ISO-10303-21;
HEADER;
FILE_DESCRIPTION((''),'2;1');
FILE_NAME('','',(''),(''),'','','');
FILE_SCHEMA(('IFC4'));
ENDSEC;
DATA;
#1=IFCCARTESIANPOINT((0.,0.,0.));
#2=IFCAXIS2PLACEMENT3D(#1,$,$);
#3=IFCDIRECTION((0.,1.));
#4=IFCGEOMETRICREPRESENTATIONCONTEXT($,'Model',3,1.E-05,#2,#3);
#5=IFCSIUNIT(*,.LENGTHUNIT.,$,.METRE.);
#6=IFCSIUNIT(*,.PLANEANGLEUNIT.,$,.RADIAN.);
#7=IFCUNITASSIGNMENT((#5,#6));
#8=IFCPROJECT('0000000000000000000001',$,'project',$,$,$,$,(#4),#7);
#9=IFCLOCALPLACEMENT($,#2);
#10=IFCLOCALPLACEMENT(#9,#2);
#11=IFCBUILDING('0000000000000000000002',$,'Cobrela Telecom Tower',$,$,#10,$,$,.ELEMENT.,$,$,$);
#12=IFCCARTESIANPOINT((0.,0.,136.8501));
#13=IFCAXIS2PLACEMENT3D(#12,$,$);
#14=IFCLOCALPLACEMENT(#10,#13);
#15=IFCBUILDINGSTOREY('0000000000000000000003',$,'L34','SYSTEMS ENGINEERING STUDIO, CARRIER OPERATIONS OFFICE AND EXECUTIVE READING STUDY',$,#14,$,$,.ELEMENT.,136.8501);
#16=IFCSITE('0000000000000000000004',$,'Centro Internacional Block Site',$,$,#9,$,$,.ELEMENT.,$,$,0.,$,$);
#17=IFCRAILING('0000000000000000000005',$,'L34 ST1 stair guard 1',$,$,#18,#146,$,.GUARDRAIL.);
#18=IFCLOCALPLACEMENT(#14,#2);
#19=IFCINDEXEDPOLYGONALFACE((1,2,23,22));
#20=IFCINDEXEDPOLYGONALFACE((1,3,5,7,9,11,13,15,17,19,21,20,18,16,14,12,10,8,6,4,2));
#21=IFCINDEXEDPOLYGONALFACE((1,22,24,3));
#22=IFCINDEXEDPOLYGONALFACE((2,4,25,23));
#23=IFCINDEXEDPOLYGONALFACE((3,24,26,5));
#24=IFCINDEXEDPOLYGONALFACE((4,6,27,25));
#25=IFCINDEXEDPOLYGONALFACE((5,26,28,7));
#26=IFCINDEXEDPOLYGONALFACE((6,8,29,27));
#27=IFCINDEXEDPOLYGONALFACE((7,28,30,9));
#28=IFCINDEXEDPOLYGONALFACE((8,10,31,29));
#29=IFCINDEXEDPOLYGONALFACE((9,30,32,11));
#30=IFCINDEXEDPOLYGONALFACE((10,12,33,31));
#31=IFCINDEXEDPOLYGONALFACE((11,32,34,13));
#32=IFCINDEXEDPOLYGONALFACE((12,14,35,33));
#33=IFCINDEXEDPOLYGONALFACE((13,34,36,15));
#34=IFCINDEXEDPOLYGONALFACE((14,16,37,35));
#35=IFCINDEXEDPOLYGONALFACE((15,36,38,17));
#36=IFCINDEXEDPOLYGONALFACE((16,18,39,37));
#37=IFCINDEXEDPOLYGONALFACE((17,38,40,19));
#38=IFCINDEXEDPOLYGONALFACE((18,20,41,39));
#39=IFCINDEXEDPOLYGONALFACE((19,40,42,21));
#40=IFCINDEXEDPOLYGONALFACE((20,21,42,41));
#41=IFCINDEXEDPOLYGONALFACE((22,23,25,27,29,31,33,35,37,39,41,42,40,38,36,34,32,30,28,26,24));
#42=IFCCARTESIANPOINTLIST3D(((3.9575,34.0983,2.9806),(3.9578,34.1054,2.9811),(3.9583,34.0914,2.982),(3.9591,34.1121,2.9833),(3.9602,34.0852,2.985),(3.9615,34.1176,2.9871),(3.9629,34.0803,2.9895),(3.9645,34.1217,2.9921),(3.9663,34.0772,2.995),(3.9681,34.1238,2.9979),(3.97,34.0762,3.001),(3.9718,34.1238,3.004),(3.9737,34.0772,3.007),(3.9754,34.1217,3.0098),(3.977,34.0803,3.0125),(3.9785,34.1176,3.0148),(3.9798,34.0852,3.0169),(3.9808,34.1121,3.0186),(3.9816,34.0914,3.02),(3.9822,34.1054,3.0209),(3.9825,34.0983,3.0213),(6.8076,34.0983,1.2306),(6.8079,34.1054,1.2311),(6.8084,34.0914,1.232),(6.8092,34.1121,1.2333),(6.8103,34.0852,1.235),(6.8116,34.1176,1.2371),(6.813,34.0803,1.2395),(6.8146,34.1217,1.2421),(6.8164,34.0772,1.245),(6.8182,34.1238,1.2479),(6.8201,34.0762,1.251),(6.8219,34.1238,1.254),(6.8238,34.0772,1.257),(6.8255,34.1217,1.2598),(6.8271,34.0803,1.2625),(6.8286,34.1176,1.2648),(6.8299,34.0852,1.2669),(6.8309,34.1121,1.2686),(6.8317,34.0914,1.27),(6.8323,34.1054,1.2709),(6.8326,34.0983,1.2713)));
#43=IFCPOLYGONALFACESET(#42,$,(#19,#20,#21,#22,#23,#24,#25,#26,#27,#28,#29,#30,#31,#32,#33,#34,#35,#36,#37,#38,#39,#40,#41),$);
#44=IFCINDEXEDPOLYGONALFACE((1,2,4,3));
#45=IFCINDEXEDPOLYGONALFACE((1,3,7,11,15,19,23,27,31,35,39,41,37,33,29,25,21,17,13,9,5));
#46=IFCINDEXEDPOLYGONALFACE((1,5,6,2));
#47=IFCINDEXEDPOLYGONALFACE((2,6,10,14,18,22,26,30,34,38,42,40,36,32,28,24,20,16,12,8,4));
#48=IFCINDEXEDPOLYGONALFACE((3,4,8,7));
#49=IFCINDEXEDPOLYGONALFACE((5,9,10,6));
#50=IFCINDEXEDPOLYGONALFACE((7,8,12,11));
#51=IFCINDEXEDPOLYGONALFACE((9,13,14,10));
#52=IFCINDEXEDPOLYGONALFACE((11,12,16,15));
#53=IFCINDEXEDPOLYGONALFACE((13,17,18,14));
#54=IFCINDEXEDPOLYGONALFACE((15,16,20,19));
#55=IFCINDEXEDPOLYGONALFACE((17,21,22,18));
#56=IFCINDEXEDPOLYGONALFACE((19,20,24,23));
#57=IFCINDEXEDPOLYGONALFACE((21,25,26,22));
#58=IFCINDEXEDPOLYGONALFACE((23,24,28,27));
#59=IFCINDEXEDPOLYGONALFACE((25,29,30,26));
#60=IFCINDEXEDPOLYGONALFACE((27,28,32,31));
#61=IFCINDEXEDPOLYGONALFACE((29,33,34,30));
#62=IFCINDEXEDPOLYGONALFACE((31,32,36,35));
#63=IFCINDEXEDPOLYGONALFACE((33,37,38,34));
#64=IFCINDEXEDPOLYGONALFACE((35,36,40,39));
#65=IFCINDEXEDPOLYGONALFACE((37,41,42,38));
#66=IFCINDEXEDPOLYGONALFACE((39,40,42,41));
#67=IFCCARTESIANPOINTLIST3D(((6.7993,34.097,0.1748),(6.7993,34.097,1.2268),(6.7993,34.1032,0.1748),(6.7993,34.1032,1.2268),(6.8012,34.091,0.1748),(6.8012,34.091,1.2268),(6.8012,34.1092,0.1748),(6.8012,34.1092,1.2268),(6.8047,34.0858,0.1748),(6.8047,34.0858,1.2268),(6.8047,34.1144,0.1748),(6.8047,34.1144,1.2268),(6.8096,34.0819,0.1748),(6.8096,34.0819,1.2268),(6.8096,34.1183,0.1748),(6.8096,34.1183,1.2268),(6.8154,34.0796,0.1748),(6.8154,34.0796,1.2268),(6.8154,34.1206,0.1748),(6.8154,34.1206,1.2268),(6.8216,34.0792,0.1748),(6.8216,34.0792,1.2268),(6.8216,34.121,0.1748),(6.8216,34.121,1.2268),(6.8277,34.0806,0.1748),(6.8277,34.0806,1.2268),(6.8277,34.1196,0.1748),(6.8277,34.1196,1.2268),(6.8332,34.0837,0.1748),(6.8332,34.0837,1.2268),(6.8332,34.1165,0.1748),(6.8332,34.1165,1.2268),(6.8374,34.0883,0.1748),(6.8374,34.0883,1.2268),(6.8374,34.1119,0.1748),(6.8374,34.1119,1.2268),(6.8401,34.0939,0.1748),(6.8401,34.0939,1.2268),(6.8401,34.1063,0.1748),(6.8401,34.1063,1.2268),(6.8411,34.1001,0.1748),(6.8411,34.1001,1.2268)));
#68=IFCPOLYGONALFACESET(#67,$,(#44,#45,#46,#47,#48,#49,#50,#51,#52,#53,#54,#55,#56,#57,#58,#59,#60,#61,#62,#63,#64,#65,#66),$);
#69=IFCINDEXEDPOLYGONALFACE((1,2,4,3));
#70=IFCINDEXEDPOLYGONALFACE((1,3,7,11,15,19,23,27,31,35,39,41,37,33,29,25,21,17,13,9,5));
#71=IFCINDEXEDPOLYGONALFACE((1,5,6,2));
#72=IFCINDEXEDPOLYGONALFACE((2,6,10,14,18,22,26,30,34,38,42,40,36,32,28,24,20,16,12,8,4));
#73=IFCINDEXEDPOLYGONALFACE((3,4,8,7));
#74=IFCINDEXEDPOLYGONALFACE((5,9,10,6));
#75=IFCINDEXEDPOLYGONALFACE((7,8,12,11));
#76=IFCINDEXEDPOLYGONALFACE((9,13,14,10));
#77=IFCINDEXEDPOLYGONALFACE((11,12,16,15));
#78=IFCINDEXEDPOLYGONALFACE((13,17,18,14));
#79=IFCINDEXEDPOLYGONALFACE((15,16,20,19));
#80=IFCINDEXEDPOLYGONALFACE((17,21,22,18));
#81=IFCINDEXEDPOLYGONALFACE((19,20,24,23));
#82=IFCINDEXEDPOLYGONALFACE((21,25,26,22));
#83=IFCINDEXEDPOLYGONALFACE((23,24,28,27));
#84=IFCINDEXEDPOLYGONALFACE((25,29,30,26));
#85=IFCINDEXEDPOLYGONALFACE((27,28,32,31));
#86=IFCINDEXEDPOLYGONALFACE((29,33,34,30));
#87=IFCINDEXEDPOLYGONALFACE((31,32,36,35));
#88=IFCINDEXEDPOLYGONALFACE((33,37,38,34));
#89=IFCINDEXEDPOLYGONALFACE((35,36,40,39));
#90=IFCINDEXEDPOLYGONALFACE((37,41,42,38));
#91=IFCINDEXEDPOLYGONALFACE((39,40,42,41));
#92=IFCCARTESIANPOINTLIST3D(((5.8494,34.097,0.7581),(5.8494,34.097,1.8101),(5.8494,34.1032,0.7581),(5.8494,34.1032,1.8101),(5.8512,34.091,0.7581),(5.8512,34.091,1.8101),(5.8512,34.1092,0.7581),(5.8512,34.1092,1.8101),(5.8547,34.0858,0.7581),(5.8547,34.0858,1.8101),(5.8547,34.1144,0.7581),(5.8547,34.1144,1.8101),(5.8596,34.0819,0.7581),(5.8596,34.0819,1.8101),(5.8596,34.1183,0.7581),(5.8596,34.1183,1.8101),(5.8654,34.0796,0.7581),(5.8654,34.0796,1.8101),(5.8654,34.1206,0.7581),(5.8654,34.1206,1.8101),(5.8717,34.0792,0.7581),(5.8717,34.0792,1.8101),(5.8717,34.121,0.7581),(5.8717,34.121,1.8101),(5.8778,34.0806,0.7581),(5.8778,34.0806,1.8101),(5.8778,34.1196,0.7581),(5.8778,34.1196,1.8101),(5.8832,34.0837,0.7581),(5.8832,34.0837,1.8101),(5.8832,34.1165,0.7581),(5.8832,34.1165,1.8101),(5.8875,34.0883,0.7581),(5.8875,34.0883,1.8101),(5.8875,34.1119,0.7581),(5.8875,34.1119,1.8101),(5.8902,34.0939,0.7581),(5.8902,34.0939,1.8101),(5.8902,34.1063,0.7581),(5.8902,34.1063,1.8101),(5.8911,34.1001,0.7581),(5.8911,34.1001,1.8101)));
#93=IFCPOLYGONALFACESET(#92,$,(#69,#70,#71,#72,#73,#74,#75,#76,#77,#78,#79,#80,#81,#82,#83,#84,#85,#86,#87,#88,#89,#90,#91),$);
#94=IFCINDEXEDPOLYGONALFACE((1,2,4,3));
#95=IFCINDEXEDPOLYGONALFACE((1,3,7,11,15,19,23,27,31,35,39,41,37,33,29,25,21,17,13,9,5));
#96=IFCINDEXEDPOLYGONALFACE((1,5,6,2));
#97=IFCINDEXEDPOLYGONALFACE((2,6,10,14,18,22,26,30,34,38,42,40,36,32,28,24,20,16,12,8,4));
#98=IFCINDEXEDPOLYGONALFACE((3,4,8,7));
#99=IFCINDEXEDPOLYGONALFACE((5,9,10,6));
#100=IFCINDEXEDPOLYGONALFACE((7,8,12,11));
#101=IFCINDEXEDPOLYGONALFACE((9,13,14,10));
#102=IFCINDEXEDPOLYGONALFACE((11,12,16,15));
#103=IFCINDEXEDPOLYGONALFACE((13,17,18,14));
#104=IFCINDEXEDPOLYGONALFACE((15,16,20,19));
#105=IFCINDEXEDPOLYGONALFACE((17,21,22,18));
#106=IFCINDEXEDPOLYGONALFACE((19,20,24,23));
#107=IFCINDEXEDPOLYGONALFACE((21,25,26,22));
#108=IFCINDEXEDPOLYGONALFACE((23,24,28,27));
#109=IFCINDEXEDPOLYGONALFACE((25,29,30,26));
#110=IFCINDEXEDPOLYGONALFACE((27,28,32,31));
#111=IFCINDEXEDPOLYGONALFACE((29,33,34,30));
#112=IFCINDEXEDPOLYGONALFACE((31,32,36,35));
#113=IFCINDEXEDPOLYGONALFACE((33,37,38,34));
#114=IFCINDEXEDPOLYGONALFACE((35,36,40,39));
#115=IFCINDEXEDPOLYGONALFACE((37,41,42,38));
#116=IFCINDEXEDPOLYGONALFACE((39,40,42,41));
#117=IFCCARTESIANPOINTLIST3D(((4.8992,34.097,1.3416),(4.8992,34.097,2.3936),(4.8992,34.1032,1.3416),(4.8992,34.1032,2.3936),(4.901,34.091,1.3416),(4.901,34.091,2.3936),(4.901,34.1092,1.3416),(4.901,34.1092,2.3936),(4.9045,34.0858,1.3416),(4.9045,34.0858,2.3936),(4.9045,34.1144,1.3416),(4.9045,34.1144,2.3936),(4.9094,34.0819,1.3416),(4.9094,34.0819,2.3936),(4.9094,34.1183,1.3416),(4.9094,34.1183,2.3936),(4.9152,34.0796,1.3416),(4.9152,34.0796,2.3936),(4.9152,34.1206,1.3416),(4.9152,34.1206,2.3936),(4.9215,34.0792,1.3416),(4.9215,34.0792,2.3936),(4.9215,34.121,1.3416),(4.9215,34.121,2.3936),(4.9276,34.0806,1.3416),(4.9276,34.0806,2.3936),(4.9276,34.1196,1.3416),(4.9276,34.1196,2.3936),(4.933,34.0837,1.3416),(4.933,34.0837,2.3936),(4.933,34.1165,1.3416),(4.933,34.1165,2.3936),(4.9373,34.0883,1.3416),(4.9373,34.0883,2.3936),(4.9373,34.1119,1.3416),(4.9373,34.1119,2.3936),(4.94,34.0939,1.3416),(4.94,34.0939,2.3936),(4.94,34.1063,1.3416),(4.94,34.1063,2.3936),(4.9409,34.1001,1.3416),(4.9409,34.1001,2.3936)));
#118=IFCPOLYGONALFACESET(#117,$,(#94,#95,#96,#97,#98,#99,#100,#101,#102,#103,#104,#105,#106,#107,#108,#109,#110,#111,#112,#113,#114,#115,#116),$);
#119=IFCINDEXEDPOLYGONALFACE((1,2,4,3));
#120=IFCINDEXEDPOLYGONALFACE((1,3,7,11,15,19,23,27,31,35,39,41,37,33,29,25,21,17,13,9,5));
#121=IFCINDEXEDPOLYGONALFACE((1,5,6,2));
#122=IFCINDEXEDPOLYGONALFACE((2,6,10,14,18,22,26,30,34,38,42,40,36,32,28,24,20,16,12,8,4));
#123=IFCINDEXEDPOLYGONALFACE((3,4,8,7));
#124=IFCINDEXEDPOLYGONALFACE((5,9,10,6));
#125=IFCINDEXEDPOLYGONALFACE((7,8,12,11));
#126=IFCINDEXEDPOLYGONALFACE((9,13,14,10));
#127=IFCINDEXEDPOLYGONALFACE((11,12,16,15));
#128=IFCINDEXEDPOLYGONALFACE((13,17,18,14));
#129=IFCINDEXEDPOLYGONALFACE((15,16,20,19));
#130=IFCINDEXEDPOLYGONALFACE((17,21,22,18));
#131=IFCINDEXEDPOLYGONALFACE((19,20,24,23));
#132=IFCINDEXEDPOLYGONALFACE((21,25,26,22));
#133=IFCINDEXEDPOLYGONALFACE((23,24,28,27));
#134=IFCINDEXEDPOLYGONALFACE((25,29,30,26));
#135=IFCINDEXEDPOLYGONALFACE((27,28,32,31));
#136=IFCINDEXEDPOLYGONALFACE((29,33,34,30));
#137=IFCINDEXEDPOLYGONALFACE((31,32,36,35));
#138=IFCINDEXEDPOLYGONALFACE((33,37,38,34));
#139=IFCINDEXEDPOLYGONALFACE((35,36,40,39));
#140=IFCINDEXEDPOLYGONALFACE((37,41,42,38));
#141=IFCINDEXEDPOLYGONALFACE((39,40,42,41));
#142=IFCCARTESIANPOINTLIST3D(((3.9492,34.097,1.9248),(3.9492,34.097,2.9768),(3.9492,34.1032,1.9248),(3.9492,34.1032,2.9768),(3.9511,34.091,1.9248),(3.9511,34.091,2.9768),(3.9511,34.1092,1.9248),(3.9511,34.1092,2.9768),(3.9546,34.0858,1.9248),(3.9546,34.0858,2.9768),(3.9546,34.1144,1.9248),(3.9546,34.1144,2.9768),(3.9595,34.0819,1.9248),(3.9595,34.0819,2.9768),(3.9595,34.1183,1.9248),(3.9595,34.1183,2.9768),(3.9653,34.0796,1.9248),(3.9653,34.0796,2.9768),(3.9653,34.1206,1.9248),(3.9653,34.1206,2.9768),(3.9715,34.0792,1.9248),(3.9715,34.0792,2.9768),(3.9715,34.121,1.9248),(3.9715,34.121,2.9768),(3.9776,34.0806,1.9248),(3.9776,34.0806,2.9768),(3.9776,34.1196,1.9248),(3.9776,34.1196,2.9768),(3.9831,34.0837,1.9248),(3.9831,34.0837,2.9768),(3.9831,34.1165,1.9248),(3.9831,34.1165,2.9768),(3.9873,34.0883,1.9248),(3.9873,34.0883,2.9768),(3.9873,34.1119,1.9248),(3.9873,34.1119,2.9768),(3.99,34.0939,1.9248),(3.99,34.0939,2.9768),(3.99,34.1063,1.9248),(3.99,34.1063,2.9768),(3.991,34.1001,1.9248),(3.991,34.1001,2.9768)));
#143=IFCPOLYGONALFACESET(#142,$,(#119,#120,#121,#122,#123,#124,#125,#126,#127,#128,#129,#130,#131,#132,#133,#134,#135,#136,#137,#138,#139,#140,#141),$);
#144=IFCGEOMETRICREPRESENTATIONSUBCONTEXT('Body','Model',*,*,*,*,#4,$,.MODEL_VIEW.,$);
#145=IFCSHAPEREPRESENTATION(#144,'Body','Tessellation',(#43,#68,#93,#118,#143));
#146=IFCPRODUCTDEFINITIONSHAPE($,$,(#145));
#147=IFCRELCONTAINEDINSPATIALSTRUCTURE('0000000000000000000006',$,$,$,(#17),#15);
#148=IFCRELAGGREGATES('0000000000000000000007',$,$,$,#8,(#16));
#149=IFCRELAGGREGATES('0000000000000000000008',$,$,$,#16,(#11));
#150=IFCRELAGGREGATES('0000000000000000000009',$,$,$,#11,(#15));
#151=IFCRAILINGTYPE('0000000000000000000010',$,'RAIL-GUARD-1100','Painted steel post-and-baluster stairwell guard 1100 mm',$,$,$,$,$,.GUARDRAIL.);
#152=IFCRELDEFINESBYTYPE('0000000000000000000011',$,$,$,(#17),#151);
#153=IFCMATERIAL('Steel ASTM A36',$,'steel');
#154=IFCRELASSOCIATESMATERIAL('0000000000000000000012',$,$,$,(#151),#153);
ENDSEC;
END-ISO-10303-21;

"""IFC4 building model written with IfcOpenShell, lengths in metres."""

from ifc_helpers import new_model, si_unit, direction, frame, origin, origin_2d, place, context, subcontext, project, spatial, circle, extrude, material, type_object, element, save


model = new_model("IFC4")

# Units and contexts
model_context = context("Model", 3, precision=1e-05, world=origin(), true_north=direction((0.0, 1.0)))
body_context = subcontext(model_context, "Body", "Model", "MODEL_VIEW")
ifc_project = project(units=[si_unit("LENGTHUNIT", "METRE"), si_unit("PLANEANGLEUNIT", "RADIAN")], contexts=[model_context])

# Site, building, storey
site_placement = place(None, origin())
site = spatial("IfcSite", under=ifc_project, at=site_placement, Name="Centro Internacional Block Site", CompositionType="ELEMENT", RefElevation=0.0)
building_placement = place(site_placement, origin())
building = spatial("IfcBuilding", under=site, at=building_placement, Name="Cobrela Telecom Tower", CompositionType="ELEMENT")
storey_placement = place(building_placement, frame((0.0, 0.0, 136.8501)))
storey = spatial("IfcBuildingStorey", under=building, at=storey_placement, Name="L34", Description="SYSTEMS ENGINEERING STUDIO, CARRIER OPERATIONS OFFICE AND EXECUTIVE READING STUDY", CompositionType="ELEMENT", Elevation=136.8501)

# Shared definitions
ifc_material_1 = material(Name="Steel ASTM A36", Category="steel")

# Railing
railing_type_1 = type_object("IfcRailingType", Name="RAIL-GUARD-1100", Description="Painted steel post-and-baluster stairwell guard 1100 mm", PredefinedType="GUARDRAIL", material=ifc_material_1)
railing_1_placement = place(storey_placement, frame((6.8201, 34.1001, 0.1748)))
element("IfcRailing", 1, at=railing_1_placement, inside=storey, type_object=railing_type_1, Name="L34 ST1 stair guard 1", PredefinedType="GUARDRAIL", context=body_context, shape_type="SweptSolid", body=[
    extrude(circle(Radius=0.0239, at=origin_2d()), frame((0.0, 0.0, 1.0762), z_axis=(-0.852179, 0.0, 0.52325), x_axis=(0.0, -1.0, 0.0)), (0.0, 0.0, 1.0), 3.3445),
    extrude(circle(Radius=0.021, at=origin_2d()), origin(), (0.0, 0.0, 1.0), 1.052),
    extrude(circle(Radius=0.021, at=origin_2d()), frame((-0.95, 0.0, 0.5833)), (0.0, 0.0, 1.0), 1.052),
    extrude(circle(Radius=0.021, at=origin_2d()), frame((-1.9001, 0.0, 1.1667)), (0.0, 0.0, 1.0), 1.052),
    extrude(circle(Radius=0.021, at=origin_2d()), frame((-2.8501, 0.0, 1.75)), (0.0, 0.0, 1.0), 1.052),
])

save(model, "model.ifc")
